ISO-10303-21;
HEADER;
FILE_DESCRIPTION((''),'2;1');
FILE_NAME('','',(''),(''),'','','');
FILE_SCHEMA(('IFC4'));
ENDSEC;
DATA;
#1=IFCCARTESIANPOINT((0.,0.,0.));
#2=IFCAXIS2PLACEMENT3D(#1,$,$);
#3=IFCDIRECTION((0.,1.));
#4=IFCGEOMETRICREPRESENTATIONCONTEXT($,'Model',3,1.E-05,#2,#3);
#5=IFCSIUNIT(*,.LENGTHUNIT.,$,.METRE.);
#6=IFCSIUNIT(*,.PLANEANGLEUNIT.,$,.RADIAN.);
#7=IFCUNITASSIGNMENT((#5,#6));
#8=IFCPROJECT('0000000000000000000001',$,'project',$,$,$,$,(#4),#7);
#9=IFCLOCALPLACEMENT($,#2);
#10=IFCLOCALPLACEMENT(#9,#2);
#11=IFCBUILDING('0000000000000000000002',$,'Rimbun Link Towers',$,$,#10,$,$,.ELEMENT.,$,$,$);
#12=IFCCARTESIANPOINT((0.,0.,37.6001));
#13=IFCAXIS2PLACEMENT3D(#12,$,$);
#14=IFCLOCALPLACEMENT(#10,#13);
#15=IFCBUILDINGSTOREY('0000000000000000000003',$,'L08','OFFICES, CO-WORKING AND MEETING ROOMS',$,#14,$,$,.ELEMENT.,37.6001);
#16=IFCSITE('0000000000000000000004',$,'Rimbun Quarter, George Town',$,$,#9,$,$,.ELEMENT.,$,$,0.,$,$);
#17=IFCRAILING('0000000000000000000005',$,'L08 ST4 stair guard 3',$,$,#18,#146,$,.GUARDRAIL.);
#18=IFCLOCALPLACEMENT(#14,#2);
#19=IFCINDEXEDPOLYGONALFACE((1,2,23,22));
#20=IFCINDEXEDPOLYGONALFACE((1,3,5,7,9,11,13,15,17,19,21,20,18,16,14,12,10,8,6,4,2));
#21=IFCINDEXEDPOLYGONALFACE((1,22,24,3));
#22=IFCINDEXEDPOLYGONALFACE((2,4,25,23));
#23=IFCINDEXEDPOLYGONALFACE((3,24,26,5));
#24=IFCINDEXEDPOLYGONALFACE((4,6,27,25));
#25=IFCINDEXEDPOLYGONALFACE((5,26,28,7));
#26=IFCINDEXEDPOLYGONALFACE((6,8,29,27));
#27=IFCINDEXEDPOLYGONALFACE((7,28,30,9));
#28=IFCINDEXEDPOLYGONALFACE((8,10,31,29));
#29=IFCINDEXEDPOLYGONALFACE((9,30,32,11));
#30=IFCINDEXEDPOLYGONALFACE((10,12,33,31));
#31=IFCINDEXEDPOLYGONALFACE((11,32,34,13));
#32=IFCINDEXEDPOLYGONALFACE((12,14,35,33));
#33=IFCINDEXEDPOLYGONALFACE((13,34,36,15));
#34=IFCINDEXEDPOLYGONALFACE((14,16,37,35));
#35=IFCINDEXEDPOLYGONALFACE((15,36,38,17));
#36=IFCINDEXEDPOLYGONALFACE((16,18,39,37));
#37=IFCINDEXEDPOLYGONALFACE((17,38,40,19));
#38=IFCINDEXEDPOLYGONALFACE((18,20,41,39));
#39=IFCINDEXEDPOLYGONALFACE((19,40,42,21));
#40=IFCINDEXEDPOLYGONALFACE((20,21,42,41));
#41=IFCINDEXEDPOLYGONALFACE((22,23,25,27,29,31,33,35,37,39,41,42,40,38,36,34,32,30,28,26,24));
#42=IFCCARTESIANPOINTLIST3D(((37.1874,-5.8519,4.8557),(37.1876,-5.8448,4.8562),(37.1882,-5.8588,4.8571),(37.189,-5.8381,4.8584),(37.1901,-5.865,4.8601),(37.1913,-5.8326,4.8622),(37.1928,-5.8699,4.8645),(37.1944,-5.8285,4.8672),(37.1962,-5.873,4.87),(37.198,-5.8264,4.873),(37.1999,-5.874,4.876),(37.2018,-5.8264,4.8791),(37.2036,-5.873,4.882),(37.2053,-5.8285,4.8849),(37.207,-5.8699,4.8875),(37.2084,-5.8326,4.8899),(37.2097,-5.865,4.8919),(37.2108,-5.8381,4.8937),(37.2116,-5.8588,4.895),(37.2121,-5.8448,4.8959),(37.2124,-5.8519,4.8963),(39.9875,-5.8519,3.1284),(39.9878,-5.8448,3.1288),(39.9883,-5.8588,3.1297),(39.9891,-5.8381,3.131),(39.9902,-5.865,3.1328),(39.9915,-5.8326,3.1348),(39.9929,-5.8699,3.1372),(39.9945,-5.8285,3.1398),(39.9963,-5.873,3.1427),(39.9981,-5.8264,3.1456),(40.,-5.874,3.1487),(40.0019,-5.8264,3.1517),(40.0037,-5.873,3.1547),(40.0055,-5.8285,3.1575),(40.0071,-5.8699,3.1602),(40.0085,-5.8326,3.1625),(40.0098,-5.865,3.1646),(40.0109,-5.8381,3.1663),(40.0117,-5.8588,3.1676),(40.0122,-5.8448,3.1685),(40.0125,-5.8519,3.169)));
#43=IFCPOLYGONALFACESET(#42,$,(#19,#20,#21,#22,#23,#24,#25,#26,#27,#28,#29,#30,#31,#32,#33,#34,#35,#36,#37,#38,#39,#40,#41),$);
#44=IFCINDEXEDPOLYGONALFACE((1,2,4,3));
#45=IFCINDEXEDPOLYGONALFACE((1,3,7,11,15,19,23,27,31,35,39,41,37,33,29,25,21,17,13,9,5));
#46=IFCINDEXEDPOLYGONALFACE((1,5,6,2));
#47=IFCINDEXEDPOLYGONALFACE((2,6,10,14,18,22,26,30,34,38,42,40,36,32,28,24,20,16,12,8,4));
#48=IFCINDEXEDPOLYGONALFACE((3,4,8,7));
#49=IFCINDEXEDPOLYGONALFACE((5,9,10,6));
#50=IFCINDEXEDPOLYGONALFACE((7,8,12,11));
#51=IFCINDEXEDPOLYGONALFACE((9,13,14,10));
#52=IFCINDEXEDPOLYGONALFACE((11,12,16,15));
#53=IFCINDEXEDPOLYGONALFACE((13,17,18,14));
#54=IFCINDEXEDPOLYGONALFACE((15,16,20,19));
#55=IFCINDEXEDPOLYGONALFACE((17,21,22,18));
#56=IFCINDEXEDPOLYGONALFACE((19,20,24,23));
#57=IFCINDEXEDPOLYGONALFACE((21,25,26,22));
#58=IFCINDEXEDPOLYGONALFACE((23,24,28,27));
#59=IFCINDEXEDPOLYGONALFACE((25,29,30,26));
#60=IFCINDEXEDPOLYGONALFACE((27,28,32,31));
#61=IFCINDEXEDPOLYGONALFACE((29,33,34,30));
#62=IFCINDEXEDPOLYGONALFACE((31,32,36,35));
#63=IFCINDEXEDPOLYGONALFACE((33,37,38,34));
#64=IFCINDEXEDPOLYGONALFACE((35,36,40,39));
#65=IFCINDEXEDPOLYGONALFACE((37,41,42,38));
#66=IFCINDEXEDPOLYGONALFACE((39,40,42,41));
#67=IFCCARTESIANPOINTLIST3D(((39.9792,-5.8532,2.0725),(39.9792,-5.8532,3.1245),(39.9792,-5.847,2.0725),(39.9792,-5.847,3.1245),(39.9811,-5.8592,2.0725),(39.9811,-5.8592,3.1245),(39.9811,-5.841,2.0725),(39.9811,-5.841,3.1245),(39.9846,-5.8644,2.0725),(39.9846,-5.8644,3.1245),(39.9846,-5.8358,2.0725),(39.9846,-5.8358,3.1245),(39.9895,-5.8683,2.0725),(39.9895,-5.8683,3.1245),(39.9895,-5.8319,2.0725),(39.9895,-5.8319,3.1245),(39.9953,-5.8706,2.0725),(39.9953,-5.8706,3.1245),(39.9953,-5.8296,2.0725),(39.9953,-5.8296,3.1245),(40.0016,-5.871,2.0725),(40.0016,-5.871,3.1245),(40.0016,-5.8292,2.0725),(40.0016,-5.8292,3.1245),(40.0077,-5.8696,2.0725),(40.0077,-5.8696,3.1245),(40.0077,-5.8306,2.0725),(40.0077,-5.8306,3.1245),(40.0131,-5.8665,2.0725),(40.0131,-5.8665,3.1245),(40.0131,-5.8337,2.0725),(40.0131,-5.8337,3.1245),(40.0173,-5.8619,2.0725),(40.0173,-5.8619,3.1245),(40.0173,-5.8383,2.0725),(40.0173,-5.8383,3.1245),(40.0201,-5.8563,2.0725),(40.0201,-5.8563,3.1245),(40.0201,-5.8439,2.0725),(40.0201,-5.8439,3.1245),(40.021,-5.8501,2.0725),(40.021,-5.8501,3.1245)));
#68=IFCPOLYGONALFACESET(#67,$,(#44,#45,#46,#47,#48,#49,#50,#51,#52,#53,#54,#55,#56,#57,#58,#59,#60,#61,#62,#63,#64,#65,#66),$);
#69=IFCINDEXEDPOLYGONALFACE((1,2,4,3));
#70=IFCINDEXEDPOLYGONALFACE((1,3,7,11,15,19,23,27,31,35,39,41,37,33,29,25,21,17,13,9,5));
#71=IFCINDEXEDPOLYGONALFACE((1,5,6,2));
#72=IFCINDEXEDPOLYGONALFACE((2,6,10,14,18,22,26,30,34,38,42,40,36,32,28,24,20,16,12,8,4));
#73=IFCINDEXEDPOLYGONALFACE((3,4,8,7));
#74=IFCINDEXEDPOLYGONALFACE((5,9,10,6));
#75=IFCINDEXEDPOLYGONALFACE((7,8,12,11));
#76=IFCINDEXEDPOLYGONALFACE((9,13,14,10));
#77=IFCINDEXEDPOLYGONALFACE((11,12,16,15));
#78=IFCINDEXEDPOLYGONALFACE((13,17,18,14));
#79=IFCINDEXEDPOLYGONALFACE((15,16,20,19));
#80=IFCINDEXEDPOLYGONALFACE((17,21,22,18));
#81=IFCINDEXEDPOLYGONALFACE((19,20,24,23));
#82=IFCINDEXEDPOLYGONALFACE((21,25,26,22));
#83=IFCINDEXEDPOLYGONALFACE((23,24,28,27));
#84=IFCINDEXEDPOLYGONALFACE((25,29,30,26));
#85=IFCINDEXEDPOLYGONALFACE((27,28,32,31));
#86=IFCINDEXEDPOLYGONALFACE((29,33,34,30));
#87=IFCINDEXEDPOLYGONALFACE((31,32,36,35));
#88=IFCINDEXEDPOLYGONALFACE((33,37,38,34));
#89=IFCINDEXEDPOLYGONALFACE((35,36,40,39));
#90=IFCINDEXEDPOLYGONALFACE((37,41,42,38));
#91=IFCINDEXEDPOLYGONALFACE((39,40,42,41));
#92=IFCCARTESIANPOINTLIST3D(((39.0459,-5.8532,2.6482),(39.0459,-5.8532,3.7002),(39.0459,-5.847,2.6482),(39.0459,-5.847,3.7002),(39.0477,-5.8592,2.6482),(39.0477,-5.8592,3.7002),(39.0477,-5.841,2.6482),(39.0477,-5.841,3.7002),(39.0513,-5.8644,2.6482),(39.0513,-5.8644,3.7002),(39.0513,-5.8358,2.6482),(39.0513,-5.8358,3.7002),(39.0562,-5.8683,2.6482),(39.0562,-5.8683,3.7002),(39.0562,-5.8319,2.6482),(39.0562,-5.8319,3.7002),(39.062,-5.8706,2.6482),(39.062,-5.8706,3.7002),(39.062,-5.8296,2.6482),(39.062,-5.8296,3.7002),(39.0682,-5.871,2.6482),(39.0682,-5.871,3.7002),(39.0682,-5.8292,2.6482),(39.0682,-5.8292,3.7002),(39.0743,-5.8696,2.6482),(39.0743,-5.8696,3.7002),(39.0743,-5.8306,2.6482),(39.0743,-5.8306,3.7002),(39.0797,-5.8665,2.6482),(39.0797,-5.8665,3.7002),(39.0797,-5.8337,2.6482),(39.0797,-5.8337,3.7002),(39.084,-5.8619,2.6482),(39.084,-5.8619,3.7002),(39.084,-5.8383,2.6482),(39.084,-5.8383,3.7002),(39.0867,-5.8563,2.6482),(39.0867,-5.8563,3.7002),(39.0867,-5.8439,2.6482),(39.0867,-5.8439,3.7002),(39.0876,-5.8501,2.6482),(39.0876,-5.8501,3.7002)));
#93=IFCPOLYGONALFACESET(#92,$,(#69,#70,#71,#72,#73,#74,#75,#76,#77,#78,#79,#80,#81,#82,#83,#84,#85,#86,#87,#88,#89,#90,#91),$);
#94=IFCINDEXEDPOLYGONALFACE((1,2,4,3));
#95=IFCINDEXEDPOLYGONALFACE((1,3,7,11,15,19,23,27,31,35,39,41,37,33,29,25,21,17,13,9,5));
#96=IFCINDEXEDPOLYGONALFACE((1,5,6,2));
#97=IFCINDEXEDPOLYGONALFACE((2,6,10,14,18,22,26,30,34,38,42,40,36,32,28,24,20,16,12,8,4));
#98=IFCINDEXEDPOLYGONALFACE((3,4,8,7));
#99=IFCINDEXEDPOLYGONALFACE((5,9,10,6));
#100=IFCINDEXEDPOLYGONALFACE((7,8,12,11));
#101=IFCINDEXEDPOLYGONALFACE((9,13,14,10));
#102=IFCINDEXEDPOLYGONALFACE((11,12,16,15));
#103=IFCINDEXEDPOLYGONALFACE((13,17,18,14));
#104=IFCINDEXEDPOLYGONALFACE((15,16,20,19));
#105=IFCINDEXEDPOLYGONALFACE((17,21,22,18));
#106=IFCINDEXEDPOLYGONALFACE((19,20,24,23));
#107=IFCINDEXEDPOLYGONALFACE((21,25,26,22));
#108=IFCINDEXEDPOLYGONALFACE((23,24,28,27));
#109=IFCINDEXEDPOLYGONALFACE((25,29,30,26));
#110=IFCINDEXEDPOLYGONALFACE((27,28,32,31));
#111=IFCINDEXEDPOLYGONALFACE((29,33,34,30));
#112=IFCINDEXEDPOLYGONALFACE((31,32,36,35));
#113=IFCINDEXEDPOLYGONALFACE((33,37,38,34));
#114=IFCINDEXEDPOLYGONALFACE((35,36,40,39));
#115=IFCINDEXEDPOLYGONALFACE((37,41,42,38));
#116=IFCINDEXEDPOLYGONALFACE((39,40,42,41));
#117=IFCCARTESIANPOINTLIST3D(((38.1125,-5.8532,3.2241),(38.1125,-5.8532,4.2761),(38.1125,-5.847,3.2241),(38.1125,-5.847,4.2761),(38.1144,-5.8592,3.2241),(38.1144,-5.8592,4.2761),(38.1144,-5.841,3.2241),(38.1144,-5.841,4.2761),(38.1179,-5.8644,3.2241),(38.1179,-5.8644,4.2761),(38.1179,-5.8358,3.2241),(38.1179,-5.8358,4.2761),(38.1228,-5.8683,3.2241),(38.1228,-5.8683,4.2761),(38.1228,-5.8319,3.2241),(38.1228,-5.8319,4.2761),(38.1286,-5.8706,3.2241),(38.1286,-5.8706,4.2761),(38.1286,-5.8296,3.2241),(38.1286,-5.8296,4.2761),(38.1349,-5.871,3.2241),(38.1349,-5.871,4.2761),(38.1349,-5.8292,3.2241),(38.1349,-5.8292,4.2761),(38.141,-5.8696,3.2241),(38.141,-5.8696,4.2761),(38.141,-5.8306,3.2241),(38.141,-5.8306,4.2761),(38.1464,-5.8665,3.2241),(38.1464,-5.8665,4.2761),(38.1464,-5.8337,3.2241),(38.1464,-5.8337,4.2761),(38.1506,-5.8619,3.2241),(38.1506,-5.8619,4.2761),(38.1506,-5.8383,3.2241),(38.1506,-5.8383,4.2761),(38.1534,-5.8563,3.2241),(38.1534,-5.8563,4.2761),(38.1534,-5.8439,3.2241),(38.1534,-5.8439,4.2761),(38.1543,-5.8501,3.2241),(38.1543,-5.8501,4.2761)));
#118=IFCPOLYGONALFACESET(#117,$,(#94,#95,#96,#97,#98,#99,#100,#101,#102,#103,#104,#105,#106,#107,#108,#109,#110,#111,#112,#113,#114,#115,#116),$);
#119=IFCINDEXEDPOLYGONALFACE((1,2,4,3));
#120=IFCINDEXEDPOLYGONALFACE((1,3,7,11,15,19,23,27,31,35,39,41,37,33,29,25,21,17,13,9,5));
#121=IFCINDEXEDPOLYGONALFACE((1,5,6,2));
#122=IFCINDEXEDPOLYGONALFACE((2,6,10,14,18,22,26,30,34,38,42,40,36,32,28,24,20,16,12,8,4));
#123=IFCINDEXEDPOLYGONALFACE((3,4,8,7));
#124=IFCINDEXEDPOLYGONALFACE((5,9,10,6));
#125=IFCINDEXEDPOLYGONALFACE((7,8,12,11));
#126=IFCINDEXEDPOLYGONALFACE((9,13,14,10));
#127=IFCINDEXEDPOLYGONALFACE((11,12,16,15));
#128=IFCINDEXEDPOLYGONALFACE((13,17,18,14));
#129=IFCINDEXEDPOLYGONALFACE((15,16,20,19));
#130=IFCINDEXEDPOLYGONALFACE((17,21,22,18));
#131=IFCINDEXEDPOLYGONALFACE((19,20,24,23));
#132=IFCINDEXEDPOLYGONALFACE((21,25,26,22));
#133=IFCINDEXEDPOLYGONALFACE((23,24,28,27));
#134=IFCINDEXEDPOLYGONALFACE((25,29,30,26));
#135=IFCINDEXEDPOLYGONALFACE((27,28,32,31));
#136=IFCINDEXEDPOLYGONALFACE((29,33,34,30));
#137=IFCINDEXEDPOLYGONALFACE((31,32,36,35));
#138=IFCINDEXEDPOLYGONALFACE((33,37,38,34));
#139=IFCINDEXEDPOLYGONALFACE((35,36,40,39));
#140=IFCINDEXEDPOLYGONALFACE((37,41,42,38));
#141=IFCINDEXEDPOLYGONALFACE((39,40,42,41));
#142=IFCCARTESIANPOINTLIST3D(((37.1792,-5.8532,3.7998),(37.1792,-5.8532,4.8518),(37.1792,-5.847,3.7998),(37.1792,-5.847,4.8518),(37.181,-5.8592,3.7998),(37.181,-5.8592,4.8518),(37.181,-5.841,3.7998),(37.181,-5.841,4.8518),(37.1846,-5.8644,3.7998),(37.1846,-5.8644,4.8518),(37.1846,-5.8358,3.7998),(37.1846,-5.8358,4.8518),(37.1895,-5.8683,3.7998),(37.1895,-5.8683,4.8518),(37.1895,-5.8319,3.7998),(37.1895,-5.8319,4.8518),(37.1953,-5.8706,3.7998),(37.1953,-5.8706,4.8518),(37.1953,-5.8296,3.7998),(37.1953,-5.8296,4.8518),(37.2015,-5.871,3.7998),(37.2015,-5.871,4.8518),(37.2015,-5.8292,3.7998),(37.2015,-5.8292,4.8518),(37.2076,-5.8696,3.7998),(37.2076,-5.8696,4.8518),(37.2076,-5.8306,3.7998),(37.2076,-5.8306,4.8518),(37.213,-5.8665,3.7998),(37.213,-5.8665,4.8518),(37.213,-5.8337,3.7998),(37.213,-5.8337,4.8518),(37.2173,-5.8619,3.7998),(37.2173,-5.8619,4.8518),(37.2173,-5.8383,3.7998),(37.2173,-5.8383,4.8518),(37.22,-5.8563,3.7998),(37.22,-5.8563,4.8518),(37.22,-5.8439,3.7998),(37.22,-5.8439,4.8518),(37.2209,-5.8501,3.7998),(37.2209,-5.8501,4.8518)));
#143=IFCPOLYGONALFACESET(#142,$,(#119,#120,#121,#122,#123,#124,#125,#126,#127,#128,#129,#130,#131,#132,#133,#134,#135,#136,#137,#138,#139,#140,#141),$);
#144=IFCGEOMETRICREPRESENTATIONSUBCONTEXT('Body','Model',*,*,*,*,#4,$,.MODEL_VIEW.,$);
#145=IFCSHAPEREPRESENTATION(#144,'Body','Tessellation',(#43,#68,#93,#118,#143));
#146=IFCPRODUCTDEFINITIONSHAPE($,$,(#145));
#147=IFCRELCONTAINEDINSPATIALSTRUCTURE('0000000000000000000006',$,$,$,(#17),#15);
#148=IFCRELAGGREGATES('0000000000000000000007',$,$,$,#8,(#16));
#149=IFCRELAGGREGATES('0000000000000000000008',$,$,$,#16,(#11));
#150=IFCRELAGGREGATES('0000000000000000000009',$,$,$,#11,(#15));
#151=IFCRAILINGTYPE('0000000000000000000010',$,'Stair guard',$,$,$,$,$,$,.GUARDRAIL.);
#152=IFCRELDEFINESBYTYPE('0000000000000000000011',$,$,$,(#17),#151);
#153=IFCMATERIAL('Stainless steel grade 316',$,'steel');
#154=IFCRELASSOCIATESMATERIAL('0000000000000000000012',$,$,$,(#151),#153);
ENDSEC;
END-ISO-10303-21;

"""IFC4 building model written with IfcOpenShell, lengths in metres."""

from ifc_helpers import new_model, si_unit, direction, frame, origin, origin_2d, place, context, subcontext, project, spatial, circle, extrude, material, type_object, element, save


model = new_model("IFC4")

# Units and contexts
model_context = context("Model", 3, precision=1e-05, world=origin(), true_north=direction((0.0, 1.0)))
body_context = subcontext(model_context, "Body", "Model", "MODEL_VIEW")
ifc_project = project(units=[si_unit("LENGTHUNIT", "METRE"), si_unit("PLANEANGLEUNIT", "RADIAN")], contexts=[model_context])

# Site, building, storey
site_placement = place(None, origin())
site = spatial("IfcSite", under=ifc_project, at=site_placement, Name="Rimbun Quarter, George Town", CompositionType="ELEMENT", RefElevation=0.0)
building_placement = place(site_placement, origin())
building = spatial("IfcBuilding", under=site, at=building_placement, Name="Rimbun Link Towers", CompositionType="ELEMENT")
storey_placement = place(building_placement, frame((0.0, 0.0, 37.6001)))
storey = spatial("IfcBuildingStorey", under=building, at=storey_placement, Name="L08", Description="OFFICES, CO-WORKING AND MEETING ROOMS", CompositionType="ELEMENT", Elevation=37.6001)

# Railing
ifc_material_1 = material(Name="Stainless steel grade 316", Category="steel")
railing_type_1 = type_object("IfcRailingType", Name="Stair guard", PredefinedType="GUARDRAIL", material=ifc_material_1)
railing_1_placement = place(storey_placement, frame((40.0, -5.8501, 2.0725)))
element("IfcRailing", 1, at=railing_1_placement, inside=storey, type_object=railing_type_1, Name="L08 ST4 stair guard 3", PredefinedType="GUARDRAIL", context=body_context, shape_type="SweptSolid", body=[
    extrude(circle(Radius=0.0239, at=origin_2d()), frame((0.0, 0.0, 1.0762), z_axis=(-0.85109, 0.0, 0.52502), x_axis=(0.0, -1.0, 0.0)), (0.0, 0.0, 1.0), 3.29),
    extrude(circle(Radius=0.021, at=origin_2d()), origin(), (0.0, 0.0, 1.0), 1.052),
    extrude(circle(Radius=0.021, at=origin_2d()), frame((-0.9333, 0.0, 0.5757)), (0.0, 0.0, 1.0), 1.052),
    extrude(circle(Radius=0.021, at=origin_2d()), frame((-1.8667, 0.0, 1.1516)), (0.0, 0.0, 1.0), 1.052),
    extrude(circle(Radius=0.021, at=origin_2d()), frame((-2.8, 0.0, 1.7273)), (0.0, 0.0, 1.0), 1.052),
])

save(model, "model.ifc")
